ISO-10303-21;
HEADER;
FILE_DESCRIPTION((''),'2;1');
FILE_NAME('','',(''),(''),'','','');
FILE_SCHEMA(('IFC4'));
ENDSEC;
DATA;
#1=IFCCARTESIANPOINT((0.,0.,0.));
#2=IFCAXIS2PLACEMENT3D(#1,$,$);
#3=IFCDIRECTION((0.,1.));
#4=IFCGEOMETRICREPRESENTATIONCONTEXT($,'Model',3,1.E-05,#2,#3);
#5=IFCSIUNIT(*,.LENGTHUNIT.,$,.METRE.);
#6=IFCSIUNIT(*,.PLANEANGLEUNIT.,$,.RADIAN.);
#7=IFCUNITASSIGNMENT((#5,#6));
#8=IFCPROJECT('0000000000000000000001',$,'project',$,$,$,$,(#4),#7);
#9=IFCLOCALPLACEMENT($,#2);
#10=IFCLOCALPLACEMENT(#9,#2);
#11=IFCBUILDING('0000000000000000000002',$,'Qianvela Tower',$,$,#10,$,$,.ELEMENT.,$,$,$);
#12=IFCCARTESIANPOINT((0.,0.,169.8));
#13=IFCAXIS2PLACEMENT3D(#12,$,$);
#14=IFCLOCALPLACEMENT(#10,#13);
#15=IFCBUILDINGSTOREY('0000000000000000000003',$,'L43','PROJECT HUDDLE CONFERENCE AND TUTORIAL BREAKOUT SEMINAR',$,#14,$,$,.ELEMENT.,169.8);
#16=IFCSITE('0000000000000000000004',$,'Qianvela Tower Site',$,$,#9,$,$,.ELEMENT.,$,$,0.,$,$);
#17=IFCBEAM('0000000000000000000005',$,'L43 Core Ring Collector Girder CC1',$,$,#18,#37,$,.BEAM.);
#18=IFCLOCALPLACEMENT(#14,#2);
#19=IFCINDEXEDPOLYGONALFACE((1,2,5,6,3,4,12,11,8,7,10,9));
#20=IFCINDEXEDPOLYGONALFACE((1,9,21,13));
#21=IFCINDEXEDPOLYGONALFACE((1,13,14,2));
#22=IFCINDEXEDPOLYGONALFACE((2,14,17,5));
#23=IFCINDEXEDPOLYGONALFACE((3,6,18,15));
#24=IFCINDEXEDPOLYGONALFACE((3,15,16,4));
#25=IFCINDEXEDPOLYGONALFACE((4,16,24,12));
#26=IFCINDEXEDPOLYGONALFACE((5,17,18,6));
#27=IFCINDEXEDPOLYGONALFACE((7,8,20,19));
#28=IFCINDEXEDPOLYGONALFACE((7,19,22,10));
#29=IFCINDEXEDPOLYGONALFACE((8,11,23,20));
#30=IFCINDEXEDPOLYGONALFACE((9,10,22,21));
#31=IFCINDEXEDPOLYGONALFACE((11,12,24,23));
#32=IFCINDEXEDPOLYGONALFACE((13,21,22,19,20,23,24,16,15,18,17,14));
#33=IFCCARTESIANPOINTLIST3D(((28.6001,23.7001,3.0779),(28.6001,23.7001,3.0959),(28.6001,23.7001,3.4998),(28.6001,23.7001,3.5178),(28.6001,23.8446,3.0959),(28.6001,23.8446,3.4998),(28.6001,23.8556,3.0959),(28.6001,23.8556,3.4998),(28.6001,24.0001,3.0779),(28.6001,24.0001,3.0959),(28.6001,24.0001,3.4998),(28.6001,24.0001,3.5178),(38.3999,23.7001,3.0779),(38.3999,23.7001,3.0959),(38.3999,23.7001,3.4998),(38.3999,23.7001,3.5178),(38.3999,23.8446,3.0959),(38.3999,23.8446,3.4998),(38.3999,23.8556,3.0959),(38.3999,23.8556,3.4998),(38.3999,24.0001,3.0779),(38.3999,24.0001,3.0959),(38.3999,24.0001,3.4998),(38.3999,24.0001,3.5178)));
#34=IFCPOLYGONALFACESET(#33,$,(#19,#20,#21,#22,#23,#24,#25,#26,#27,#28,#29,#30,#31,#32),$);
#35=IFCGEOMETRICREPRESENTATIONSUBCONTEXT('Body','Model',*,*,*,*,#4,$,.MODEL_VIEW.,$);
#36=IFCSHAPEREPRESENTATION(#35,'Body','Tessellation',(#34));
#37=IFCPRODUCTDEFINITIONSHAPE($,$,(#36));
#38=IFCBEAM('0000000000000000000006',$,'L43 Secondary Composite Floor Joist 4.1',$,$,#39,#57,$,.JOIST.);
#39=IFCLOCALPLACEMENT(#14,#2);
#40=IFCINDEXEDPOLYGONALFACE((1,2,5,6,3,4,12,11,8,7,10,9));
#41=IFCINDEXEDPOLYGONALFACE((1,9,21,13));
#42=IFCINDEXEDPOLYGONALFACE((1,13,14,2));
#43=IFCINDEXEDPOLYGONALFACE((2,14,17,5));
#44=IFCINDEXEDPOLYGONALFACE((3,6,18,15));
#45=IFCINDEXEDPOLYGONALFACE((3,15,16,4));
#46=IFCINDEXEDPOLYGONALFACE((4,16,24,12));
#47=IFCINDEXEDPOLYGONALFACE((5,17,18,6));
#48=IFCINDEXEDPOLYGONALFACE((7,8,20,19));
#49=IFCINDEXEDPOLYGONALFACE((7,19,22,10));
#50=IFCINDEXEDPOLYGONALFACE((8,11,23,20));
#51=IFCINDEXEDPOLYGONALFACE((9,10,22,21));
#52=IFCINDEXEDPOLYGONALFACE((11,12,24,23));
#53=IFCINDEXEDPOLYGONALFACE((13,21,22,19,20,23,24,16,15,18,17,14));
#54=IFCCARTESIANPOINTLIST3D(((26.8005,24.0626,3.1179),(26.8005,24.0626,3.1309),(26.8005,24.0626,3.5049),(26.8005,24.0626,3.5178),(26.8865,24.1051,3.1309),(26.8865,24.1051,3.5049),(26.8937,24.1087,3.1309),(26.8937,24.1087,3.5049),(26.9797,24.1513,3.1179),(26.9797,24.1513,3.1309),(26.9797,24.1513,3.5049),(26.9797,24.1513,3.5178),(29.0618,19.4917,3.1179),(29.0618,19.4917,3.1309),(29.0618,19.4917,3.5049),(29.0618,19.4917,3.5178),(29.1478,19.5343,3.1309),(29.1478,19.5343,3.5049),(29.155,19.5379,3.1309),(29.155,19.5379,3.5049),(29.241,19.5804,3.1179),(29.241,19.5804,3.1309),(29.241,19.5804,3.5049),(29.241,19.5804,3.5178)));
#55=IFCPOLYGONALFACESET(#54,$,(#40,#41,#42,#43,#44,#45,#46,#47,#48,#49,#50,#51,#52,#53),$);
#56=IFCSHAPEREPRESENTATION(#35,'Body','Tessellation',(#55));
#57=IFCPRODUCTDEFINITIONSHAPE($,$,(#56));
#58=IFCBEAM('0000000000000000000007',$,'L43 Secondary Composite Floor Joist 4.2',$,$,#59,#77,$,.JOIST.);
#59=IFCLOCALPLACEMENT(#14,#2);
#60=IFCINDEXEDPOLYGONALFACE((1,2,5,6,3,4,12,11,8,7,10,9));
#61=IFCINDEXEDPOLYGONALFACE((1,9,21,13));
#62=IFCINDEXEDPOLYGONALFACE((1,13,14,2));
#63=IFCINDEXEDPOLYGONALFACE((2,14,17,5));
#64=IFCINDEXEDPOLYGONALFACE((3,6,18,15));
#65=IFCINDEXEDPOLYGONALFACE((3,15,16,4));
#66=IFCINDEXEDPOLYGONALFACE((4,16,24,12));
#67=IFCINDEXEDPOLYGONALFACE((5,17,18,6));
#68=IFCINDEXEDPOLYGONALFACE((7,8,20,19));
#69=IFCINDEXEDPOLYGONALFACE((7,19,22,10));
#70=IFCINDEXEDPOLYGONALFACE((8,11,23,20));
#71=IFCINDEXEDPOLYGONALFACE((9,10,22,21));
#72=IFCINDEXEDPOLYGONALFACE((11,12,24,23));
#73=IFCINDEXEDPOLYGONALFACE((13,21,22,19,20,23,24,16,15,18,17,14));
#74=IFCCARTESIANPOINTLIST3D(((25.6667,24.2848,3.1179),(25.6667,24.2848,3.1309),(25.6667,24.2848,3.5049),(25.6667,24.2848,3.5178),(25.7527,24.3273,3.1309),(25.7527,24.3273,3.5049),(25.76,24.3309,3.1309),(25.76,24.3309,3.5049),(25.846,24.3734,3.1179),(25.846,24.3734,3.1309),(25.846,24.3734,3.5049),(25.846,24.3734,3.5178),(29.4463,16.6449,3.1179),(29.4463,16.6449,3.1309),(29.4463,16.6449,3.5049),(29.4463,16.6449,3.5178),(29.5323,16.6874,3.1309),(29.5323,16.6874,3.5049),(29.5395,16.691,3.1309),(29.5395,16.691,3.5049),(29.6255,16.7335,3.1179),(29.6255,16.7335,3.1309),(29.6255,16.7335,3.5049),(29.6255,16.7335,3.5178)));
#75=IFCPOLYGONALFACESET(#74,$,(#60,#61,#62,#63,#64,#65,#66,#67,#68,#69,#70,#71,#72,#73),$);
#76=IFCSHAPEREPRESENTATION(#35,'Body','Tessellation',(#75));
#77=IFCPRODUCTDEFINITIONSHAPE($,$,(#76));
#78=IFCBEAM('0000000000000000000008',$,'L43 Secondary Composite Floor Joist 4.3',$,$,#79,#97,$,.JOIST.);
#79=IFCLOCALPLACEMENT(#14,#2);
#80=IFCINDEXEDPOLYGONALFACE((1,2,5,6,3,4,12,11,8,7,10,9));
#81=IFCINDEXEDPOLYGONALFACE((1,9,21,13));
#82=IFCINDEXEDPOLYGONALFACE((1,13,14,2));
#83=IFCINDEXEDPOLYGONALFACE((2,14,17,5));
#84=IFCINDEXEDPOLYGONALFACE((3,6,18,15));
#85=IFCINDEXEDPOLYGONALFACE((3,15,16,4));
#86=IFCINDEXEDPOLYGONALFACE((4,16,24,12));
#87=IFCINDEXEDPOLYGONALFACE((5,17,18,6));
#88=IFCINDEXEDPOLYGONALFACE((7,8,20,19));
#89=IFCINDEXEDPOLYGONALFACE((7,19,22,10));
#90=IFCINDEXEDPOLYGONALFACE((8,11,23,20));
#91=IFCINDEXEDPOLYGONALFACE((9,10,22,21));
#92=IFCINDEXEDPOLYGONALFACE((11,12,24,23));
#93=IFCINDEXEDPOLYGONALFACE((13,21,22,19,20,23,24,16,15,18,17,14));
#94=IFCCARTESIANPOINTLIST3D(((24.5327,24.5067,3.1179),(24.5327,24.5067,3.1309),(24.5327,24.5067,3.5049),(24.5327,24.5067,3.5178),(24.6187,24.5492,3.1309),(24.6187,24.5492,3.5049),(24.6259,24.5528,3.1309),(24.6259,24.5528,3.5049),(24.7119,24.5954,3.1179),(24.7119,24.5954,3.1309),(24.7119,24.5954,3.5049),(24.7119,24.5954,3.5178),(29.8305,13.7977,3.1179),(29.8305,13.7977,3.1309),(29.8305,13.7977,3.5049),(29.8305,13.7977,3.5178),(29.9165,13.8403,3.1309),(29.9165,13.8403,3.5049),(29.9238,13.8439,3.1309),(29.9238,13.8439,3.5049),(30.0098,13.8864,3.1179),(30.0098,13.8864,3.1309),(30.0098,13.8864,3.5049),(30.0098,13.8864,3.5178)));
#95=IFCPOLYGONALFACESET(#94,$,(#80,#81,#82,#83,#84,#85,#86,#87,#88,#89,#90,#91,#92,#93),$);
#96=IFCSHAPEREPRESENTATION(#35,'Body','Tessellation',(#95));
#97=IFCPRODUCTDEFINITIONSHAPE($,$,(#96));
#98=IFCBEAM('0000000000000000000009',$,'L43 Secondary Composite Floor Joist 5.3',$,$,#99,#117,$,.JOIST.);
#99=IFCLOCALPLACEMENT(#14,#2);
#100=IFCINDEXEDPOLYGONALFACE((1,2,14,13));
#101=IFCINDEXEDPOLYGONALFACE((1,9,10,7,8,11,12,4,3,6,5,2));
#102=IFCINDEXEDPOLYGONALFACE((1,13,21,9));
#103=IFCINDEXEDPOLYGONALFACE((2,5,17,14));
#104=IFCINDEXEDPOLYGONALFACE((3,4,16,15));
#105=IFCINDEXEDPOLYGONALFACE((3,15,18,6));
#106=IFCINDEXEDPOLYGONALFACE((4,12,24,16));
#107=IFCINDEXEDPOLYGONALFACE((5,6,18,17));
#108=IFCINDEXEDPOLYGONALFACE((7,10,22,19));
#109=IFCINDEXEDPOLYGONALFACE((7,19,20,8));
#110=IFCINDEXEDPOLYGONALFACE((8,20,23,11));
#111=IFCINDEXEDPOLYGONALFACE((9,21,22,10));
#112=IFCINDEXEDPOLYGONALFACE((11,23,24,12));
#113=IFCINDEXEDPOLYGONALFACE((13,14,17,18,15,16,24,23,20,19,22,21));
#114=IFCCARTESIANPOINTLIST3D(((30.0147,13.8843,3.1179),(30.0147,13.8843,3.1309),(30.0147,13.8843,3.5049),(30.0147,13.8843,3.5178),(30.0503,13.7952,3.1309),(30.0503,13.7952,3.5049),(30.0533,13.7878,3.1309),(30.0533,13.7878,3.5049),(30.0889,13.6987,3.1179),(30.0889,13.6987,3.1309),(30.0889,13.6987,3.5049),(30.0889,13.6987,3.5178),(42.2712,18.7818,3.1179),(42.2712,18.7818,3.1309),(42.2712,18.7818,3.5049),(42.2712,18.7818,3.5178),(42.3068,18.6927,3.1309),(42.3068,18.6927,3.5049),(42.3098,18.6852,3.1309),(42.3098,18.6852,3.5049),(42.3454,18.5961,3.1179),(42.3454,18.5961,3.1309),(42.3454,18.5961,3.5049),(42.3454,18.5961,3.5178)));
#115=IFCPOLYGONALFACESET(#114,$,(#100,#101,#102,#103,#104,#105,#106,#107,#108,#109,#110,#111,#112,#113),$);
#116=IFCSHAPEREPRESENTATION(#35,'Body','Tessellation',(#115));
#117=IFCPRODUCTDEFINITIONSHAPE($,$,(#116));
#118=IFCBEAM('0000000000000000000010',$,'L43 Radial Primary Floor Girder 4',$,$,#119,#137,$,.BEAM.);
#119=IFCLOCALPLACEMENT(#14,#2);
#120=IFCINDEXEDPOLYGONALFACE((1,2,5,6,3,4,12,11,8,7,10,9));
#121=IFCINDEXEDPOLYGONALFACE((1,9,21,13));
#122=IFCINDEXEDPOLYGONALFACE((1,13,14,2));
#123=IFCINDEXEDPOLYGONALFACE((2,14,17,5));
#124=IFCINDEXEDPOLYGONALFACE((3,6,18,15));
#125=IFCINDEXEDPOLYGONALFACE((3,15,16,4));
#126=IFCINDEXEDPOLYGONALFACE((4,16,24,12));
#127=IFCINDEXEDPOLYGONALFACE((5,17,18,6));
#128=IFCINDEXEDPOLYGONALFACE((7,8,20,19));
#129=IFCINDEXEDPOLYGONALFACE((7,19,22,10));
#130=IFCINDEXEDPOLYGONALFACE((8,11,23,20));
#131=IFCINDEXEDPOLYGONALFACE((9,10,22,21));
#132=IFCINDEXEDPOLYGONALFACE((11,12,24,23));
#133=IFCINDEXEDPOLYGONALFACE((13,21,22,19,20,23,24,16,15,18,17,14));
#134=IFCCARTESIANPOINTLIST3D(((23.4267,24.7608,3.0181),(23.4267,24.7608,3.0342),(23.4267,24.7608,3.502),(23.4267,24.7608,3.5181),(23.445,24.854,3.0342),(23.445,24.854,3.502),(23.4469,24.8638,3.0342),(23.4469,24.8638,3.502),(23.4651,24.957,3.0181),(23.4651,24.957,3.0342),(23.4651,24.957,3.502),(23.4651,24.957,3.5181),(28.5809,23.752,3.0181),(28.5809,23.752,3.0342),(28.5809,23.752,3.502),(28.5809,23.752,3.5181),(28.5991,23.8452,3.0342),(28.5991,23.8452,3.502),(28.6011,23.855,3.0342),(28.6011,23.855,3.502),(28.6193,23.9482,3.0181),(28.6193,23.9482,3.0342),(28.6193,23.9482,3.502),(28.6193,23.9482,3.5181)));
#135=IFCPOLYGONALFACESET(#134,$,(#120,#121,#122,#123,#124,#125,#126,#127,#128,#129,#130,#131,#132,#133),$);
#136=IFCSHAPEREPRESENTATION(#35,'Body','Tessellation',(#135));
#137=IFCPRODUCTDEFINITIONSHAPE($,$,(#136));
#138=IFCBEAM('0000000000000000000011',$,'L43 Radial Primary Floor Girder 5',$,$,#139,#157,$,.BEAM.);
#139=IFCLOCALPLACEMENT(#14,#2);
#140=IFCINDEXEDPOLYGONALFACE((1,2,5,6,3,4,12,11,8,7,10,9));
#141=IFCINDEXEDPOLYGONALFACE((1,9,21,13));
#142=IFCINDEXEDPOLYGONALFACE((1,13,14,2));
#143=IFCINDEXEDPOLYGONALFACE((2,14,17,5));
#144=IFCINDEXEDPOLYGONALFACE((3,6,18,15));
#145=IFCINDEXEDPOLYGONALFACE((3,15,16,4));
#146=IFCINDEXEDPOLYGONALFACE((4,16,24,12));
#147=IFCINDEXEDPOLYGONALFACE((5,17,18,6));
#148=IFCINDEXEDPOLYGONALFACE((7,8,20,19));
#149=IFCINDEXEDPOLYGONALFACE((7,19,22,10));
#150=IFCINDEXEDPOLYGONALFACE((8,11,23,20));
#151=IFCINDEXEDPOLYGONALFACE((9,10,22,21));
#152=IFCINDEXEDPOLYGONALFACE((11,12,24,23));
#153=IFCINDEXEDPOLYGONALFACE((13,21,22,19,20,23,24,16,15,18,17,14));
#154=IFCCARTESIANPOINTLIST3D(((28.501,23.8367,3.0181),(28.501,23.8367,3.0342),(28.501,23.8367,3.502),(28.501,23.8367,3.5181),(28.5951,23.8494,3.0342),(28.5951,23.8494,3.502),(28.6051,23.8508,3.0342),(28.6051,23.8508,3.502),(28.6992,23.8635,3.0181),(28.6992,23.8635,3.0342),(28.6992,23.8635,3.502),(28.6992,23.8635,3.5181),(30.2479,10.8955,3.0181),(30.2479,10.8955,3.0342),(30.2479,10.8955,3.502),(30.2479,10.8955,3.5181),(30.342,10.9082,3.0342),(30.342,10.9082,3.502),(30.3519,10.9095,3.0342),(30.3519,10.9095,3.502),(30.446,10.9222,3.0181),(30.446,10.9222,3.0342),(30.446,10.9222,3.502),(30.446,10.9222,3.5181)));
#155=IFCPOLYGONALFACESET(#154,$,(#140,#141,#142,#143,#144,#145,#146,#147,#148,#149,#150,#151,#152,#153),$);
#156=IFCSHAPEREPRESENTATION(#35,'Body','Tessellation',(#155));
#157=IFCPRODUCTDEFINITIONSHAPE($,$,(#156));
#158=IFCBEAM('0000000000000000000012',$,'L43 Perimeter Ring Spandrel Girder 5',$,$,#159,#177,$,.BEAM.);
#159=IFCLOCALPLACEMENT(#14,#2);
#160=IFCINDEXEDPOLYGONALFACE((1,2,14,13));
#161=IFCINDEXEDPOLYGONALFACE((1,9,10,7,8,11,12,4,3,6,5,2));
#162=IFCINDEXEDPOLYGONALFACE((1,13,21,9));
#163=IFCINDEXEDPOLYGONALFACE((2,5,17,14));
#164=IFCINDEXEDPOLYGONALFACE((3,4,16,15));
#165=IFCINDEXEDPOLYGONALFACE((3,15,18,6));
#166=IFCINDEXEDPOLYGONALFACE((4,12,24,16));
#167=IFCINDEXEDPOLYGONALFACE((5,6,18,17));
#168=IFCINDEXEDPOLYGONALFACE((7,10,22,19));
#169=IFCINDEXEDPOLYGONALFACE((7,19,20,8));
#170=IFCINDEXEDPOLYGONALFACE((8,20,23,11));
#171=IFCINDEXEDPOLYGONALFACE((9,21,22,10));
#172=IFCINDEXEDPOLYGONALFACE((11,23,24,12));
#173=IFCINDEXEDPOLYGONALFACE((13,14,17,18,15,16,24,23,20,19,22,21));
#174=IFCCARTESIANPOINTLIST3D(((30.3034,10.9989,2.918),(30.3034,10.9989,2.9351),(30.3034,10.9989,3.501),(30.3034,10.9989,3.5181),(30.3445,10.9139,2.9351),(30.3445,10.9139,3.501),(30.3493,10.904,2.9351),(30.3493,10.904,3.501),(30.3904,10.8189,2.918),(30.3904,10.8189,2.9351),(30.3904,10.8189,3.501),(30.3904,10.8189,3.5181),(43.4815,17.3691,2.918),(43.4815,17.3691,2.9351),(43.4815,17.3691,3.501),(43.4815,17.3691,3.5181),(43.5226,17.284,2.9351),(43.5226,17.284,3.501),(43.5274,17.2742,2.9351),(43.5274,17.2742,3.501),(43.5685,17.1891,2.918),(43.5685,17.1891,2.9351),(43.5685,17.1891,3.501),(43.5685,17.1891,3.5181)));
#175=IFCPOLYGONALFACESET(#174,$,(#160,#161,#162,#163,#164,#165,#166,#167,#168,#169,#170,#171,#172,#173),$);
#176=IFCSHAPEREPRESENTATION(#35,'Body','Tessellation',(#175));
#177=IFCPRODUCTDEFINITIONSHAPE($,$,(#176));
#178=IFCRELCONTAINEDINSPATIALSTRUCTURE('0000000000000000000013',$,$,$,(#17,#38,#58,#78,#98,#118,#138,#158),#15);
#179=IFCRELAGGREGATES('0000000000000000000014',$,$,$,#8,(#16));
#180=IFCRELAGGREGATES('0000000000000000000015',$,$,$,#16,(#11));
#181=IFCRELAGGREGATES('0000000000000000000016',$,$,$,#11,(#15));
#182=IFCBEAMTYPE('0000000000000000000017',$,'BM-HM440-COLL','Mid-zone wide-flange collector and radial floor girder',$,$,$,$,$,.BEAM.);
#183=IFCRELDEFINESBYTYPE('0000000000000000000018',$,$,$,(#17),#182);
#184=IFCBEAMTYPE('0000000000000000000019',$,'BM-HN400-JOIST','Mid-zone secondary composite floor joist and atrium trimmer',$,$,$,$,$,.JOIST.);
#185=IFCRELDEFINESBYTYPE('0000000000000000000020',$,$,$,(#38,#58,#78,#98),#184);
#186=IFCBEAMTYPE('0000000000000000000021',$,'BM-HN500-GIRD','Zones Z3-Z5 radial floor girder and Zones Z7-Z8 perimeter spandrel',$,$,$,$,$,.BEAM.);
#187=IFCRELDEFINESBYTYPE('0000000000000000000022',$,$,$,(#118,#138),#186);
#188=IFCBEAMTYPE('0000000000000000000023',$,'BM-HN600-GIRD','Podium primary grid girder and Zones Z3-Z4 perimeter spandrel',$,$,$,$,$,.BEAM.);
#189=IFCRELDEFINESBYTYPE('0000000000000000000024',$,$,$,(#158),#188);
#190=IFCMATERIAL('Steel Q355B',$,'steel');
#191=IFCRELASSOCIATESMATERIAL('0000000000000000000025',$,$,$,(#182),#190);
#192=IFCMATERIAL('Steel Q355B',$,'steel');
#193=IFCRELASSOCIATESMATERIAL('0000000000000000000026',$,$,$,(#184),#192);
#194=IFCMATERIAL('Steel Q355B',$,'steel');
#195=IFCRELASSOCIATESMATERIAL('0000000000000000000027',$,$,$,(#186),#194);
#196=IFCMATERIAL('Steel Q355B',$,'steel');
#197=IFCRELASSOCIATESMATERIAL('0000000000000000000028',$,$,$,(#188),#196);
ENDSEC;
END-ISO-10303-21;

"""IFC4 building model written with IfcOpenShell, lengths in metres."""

from ifc_helpers import new_model, si_unit, direction, frame, origin, origin_2d, place, context, subcontext, project, spatial, i_section, extrude, material, material_profile, profile_set, type_object, element, save


model = new_model("IFC4")

# Units and contexts
model_context = context("Model", 3, precision=1e-05, world=origin(), true_north=direction((0.0, 1.0)))
body_context = subcontext(model_context, "Body", "Model", "MODEL_VIEW")
ifc_project = project(units=[si_unit("LENGTHUNIT", "METRE"), si_unit("PLANEANGLEUNIT", "RADIAN")], contexts=[model_context])

# Site, building, storey
site_placement = place(None, origin())
site = spatial("IfcSite", under=ifc_project, at=site_placement, Name="Qianvela Tower Site", CompositionType="ELEMENT", RefElevation=0.0)
building_placement = place(site_placement, origin())
building = spatial("IfcBuilding", under=site, at=building_placement, Name="Qianvela Tower", CompositionType="ELEMENT")
storey_placement = place(building_placement, frame((0.0, 0.0, 169.8)))
storey = spatial("IfcBuildingStorey", under=building, at=storey_placement, Name="L43", Description="PROJECT HUDDLE CONFERENCE AND TUTORIAL BREAKOUT SEMINAR", CompositionType="ELEMENT", Elevation=169.8)

# Beams
ifc_material_1 = material(Name="Steel Q355B", Category="steel")
ifc_material_profile_1 = material_profile(ifc_material_1, i_section(OverallWidth=0.3, OverallDepth=0.4399, WebThickness=0.011, FlangeThickness=0.0181, at=origin_2d()), Name="HM440x300x11x18")
ifc_profile_set_1 = profile_set([ifc_material_profile_1], Name="Steel Q355B")
beam_type_1 = type_object("IfcBeamType", Name="BM-HM440-COLL", Description="Mid-zone wide-flange collector and radial floor girder", PredefinedType="BEAM", material=ifc_profile_set_1)
beam_1_placement = place(storey_placement, frame((28.6001, 23.8501, 3.2979), z_axis=(1.0, 0.0, 0.0), x_axis=(0.0, 1.0, 0.0)))
element("IfcBeam", 1, at=beam_1_placement, inside=storey, type_object=beam_type_1, Name="L43 Core Ring Collector Girder CC1", PredefinedType="BEAM", context=body_context, shape_type="SweptSolid", body=[
    extrude(i_section(OverallWidth=0.3, OverallDepth=0.4399, WebThickness=0.011, FlangeThickness=0.0181, at=origin_2d()), origin(), (0.0, 0.0, 1.0), 9.7998),
])
ifc_material_2 = material(Name="Steel Q355B", Category="steel")
ifc_material_profile_2 = material_profile(ifc_material_2, i_section(OverallWidth=0.2, OverallDepth=0.3999, WebThickness=0.0081, FlangeThickness=0.0129, at=origin_2d()), Name="HN400x200x8x13")
ifc_profile_set_2 = profile_set([ifc_material_profile_2], Name="Steel Q355B")
beam_type_2 = type_object("IfcBeamType", Name="BM-HN400-JOIST", Description="Mid-zone secondary composite floor joist and atrium trimmer", PredefinedType="JOIST", material=ifc_profile_set_2)
beam_2_placement = place(storey_placement, frame((26.8901, 24.1069, 3.3179), z_axis=(0.443418, -0.896315, 0.0), x_axis=(0.896315, 0.443418, 0.0)))
element("IfcBeam", 2, at=beam_2_placement, inside=storey, type_object=beam_type_2, Name="L43 Secondary Composite Floor Joist 4.1", PredefinedType="JOIST", context=body_context, shape_type="SweptSolid", body=[
    extrude(i_section(OverallWidth=0.2, OverallDepth=0.3999, WebThickness=0.0081, FlangeThickness=0.0129, at=origin_2d()), origin(), (0.0, 0.0, 1.0), 5.0996),
])
beam_3_placement = place(storey_placement, frame((25.7563, 24.3291, 3.3179), z_axis=(0.443417, -0.896315, 0.0), x_axis=(0.896315, 0.443417, 0.0)))
element("IfcBeam", 3, at=beam_3_placement, inside=storey, type_object=beam_type_2, Name="L43 Secondary Composite Floor Joist 4.2", PredefinedType="JOIST", context=body_context, shape_type="SweptSolid", body=[
    extrude(i_section(OverallWidth=0.2, OverallDepth=0.3999, WebThickness=0.0081, FlangeThickness=0.0129, at=origin_2d()), origin(), (0.0, 0.0, 1.0), 8.5237),
])
beam_4_placement = place(storey_placement, frame((24.6223, 24.551, 3.3179), z_axis=(0.443417, -0.896315, 0.0), x_axis=(0.896315, 0.443417, 0.0)))
element("IfcBeam", 4, at=beam_4_placement, inside=storey, type_object=beam_type_2, Name="L43 Secondary Composite Floor Joist 4.3", PredefinedType="JOIST", context=body_context, shape_type="SweptSolid", body=[
    extrude(i_section(OverallWidth=0.2, OverallDepth=0.3999, WebThickness=0.0081, FlangeThickness=0.0129, at=origin_2d()), origin(), (0.0, 0.0, 1.0), 11.9478),
])
beam_5_placement = place(storey_placement, frame((30.0518, 13.7915, 3.3179), z_axis=(0.928612, 0.371053, 0.0), x_axis=(-0.371053, 0.928612, 0.0)))
element("IfcBeam", 5, at=beam_5_placement, inside=storey, type_object=beam_type_2, Name="L43 Secondary Composite Floor Joist 5.3", PredefinedType="JOIST", context=body_context, shape_type="SweptSolid", body=[
    extrude(i_section(OverallWidth=0.2, OverallDepth=0.3999, WebThickness=0.0081, FlangeThickness=0.0129, at=origin_2d()), origin(), (0.0, 0.0, 1.0), 13.1987),
])
ifc_material_3 = material(Name="Steel Q355B", Category="steel")
ifc_material_profile_3 = material_profile(ifc_material_3, i_section(OverallWidth=0.2, OverallDepth=0.5, WebThickness=0.01, FlangeThickness=0.0161, at=origin_2d()), Name="HN500x200x10x16")
ifc_profile_set_3 = profile_set([ifc_material_profile_3], Name="Steel Q355B")
beam_type_3 = type_object("IfcBeamType", Name="BM-HN500-GIRD", Description="Zones Z3-Z5 radial floor girder and Zones Z7-Z8 perimeter spandrel", PredefinedType="BEAM", material=ifc_profile_set_3)
beam_6_placement = place(storey_placement, frame((28.6001, 23.8501, 3.2681), z_axis=(-0.981379, 0.192083, 0.0), x_axis=(-0.192083, -0.981379, 0.0)))
element("IfcBeam", 6, at=beam_6_placement, inside=storey, type_object=beam_type_3, Name="L43 Radial Primary Floor Girder 4", PredefinedType="BEAM", context=body_context, shape_type="SweptSolid", body=[
    extrude(i_section(OverallWidth=0.2, OverallDepth=0.5, WebThickness=0.01, FlangeThickness=0.0161, at=origin_2d()), origin(), (0.0, 0.0, 1.0), 5.252),
])
beam_7_placement = place(storey_placement, frame((28.6001, 23.8501, 3.2681), z_axis=(0.133769, -0.991013, 0.0), x_axis=(0.991013, 0.133769, 0.0)))
element("IfcBeam", 7, at=beam_7_placement, inside=storey, type_object=beam_type_3, Name="L43 Radial Primary Floor Girder 5", PredefinedType="BEAM", context=body_context, shape_type="SweptSolid", body=[
    extrude(i_section(OverallWidth=0.2, OverallDepth=0.5, WebThickness=0.01, FlangeThickness=0.0161, at=origin_2d()), origin(), (0.0, 0.0, 1.0), 13.0586),
])
ifc_material_4 = material(Name="Steel Q355B", Category="steel")
ifc_material_profile_4 = material_profile(ifc_material_4, i_section(OverallWidth=0.2, OverallDepth=0.6001, WebThickness=0.011, FlangeThickness=0.0171, at=origin_2d()), Name="HN600x200x11x17")
ifc_profile_set_4 = profile_set([ifc_material_profile_4], Name="Steel Q355B")
beam_type_4 = type_object("IfcBeamType", Name="BM-HN600-GIRD", Description="Podium primary grid girder and Zones Z3-Z4 perimeter spandrel", PredefinedType="BEAM", material=ifc_profile_set_4)
beam_8_placement = place(storey_placement, frame((30.3469, 10.9089, 3.218), z_axis=(0.900329, 0.435211, 0.0), x_axis=(-0.435211, 0.900329, 0.0)))
element("IfcBeam", 8, at=beam_8_placement, inside=storey, type_object=beam_type_4, Name="L43 Perimeter Ring Spandrel Girder 5", PredefinedType="BEAM", context=body_context, shape_type="SweptSolid", body=[
    extrude(i_section(OverallWidth=0.2, OverallDepth=0.6001, WebThickness=0.011, FlangeThickness=0.0171, at=origin_2d()), origin(), (0.0, 0.0, 1.0), 14.637),
])

save(model, "model.ifc")
